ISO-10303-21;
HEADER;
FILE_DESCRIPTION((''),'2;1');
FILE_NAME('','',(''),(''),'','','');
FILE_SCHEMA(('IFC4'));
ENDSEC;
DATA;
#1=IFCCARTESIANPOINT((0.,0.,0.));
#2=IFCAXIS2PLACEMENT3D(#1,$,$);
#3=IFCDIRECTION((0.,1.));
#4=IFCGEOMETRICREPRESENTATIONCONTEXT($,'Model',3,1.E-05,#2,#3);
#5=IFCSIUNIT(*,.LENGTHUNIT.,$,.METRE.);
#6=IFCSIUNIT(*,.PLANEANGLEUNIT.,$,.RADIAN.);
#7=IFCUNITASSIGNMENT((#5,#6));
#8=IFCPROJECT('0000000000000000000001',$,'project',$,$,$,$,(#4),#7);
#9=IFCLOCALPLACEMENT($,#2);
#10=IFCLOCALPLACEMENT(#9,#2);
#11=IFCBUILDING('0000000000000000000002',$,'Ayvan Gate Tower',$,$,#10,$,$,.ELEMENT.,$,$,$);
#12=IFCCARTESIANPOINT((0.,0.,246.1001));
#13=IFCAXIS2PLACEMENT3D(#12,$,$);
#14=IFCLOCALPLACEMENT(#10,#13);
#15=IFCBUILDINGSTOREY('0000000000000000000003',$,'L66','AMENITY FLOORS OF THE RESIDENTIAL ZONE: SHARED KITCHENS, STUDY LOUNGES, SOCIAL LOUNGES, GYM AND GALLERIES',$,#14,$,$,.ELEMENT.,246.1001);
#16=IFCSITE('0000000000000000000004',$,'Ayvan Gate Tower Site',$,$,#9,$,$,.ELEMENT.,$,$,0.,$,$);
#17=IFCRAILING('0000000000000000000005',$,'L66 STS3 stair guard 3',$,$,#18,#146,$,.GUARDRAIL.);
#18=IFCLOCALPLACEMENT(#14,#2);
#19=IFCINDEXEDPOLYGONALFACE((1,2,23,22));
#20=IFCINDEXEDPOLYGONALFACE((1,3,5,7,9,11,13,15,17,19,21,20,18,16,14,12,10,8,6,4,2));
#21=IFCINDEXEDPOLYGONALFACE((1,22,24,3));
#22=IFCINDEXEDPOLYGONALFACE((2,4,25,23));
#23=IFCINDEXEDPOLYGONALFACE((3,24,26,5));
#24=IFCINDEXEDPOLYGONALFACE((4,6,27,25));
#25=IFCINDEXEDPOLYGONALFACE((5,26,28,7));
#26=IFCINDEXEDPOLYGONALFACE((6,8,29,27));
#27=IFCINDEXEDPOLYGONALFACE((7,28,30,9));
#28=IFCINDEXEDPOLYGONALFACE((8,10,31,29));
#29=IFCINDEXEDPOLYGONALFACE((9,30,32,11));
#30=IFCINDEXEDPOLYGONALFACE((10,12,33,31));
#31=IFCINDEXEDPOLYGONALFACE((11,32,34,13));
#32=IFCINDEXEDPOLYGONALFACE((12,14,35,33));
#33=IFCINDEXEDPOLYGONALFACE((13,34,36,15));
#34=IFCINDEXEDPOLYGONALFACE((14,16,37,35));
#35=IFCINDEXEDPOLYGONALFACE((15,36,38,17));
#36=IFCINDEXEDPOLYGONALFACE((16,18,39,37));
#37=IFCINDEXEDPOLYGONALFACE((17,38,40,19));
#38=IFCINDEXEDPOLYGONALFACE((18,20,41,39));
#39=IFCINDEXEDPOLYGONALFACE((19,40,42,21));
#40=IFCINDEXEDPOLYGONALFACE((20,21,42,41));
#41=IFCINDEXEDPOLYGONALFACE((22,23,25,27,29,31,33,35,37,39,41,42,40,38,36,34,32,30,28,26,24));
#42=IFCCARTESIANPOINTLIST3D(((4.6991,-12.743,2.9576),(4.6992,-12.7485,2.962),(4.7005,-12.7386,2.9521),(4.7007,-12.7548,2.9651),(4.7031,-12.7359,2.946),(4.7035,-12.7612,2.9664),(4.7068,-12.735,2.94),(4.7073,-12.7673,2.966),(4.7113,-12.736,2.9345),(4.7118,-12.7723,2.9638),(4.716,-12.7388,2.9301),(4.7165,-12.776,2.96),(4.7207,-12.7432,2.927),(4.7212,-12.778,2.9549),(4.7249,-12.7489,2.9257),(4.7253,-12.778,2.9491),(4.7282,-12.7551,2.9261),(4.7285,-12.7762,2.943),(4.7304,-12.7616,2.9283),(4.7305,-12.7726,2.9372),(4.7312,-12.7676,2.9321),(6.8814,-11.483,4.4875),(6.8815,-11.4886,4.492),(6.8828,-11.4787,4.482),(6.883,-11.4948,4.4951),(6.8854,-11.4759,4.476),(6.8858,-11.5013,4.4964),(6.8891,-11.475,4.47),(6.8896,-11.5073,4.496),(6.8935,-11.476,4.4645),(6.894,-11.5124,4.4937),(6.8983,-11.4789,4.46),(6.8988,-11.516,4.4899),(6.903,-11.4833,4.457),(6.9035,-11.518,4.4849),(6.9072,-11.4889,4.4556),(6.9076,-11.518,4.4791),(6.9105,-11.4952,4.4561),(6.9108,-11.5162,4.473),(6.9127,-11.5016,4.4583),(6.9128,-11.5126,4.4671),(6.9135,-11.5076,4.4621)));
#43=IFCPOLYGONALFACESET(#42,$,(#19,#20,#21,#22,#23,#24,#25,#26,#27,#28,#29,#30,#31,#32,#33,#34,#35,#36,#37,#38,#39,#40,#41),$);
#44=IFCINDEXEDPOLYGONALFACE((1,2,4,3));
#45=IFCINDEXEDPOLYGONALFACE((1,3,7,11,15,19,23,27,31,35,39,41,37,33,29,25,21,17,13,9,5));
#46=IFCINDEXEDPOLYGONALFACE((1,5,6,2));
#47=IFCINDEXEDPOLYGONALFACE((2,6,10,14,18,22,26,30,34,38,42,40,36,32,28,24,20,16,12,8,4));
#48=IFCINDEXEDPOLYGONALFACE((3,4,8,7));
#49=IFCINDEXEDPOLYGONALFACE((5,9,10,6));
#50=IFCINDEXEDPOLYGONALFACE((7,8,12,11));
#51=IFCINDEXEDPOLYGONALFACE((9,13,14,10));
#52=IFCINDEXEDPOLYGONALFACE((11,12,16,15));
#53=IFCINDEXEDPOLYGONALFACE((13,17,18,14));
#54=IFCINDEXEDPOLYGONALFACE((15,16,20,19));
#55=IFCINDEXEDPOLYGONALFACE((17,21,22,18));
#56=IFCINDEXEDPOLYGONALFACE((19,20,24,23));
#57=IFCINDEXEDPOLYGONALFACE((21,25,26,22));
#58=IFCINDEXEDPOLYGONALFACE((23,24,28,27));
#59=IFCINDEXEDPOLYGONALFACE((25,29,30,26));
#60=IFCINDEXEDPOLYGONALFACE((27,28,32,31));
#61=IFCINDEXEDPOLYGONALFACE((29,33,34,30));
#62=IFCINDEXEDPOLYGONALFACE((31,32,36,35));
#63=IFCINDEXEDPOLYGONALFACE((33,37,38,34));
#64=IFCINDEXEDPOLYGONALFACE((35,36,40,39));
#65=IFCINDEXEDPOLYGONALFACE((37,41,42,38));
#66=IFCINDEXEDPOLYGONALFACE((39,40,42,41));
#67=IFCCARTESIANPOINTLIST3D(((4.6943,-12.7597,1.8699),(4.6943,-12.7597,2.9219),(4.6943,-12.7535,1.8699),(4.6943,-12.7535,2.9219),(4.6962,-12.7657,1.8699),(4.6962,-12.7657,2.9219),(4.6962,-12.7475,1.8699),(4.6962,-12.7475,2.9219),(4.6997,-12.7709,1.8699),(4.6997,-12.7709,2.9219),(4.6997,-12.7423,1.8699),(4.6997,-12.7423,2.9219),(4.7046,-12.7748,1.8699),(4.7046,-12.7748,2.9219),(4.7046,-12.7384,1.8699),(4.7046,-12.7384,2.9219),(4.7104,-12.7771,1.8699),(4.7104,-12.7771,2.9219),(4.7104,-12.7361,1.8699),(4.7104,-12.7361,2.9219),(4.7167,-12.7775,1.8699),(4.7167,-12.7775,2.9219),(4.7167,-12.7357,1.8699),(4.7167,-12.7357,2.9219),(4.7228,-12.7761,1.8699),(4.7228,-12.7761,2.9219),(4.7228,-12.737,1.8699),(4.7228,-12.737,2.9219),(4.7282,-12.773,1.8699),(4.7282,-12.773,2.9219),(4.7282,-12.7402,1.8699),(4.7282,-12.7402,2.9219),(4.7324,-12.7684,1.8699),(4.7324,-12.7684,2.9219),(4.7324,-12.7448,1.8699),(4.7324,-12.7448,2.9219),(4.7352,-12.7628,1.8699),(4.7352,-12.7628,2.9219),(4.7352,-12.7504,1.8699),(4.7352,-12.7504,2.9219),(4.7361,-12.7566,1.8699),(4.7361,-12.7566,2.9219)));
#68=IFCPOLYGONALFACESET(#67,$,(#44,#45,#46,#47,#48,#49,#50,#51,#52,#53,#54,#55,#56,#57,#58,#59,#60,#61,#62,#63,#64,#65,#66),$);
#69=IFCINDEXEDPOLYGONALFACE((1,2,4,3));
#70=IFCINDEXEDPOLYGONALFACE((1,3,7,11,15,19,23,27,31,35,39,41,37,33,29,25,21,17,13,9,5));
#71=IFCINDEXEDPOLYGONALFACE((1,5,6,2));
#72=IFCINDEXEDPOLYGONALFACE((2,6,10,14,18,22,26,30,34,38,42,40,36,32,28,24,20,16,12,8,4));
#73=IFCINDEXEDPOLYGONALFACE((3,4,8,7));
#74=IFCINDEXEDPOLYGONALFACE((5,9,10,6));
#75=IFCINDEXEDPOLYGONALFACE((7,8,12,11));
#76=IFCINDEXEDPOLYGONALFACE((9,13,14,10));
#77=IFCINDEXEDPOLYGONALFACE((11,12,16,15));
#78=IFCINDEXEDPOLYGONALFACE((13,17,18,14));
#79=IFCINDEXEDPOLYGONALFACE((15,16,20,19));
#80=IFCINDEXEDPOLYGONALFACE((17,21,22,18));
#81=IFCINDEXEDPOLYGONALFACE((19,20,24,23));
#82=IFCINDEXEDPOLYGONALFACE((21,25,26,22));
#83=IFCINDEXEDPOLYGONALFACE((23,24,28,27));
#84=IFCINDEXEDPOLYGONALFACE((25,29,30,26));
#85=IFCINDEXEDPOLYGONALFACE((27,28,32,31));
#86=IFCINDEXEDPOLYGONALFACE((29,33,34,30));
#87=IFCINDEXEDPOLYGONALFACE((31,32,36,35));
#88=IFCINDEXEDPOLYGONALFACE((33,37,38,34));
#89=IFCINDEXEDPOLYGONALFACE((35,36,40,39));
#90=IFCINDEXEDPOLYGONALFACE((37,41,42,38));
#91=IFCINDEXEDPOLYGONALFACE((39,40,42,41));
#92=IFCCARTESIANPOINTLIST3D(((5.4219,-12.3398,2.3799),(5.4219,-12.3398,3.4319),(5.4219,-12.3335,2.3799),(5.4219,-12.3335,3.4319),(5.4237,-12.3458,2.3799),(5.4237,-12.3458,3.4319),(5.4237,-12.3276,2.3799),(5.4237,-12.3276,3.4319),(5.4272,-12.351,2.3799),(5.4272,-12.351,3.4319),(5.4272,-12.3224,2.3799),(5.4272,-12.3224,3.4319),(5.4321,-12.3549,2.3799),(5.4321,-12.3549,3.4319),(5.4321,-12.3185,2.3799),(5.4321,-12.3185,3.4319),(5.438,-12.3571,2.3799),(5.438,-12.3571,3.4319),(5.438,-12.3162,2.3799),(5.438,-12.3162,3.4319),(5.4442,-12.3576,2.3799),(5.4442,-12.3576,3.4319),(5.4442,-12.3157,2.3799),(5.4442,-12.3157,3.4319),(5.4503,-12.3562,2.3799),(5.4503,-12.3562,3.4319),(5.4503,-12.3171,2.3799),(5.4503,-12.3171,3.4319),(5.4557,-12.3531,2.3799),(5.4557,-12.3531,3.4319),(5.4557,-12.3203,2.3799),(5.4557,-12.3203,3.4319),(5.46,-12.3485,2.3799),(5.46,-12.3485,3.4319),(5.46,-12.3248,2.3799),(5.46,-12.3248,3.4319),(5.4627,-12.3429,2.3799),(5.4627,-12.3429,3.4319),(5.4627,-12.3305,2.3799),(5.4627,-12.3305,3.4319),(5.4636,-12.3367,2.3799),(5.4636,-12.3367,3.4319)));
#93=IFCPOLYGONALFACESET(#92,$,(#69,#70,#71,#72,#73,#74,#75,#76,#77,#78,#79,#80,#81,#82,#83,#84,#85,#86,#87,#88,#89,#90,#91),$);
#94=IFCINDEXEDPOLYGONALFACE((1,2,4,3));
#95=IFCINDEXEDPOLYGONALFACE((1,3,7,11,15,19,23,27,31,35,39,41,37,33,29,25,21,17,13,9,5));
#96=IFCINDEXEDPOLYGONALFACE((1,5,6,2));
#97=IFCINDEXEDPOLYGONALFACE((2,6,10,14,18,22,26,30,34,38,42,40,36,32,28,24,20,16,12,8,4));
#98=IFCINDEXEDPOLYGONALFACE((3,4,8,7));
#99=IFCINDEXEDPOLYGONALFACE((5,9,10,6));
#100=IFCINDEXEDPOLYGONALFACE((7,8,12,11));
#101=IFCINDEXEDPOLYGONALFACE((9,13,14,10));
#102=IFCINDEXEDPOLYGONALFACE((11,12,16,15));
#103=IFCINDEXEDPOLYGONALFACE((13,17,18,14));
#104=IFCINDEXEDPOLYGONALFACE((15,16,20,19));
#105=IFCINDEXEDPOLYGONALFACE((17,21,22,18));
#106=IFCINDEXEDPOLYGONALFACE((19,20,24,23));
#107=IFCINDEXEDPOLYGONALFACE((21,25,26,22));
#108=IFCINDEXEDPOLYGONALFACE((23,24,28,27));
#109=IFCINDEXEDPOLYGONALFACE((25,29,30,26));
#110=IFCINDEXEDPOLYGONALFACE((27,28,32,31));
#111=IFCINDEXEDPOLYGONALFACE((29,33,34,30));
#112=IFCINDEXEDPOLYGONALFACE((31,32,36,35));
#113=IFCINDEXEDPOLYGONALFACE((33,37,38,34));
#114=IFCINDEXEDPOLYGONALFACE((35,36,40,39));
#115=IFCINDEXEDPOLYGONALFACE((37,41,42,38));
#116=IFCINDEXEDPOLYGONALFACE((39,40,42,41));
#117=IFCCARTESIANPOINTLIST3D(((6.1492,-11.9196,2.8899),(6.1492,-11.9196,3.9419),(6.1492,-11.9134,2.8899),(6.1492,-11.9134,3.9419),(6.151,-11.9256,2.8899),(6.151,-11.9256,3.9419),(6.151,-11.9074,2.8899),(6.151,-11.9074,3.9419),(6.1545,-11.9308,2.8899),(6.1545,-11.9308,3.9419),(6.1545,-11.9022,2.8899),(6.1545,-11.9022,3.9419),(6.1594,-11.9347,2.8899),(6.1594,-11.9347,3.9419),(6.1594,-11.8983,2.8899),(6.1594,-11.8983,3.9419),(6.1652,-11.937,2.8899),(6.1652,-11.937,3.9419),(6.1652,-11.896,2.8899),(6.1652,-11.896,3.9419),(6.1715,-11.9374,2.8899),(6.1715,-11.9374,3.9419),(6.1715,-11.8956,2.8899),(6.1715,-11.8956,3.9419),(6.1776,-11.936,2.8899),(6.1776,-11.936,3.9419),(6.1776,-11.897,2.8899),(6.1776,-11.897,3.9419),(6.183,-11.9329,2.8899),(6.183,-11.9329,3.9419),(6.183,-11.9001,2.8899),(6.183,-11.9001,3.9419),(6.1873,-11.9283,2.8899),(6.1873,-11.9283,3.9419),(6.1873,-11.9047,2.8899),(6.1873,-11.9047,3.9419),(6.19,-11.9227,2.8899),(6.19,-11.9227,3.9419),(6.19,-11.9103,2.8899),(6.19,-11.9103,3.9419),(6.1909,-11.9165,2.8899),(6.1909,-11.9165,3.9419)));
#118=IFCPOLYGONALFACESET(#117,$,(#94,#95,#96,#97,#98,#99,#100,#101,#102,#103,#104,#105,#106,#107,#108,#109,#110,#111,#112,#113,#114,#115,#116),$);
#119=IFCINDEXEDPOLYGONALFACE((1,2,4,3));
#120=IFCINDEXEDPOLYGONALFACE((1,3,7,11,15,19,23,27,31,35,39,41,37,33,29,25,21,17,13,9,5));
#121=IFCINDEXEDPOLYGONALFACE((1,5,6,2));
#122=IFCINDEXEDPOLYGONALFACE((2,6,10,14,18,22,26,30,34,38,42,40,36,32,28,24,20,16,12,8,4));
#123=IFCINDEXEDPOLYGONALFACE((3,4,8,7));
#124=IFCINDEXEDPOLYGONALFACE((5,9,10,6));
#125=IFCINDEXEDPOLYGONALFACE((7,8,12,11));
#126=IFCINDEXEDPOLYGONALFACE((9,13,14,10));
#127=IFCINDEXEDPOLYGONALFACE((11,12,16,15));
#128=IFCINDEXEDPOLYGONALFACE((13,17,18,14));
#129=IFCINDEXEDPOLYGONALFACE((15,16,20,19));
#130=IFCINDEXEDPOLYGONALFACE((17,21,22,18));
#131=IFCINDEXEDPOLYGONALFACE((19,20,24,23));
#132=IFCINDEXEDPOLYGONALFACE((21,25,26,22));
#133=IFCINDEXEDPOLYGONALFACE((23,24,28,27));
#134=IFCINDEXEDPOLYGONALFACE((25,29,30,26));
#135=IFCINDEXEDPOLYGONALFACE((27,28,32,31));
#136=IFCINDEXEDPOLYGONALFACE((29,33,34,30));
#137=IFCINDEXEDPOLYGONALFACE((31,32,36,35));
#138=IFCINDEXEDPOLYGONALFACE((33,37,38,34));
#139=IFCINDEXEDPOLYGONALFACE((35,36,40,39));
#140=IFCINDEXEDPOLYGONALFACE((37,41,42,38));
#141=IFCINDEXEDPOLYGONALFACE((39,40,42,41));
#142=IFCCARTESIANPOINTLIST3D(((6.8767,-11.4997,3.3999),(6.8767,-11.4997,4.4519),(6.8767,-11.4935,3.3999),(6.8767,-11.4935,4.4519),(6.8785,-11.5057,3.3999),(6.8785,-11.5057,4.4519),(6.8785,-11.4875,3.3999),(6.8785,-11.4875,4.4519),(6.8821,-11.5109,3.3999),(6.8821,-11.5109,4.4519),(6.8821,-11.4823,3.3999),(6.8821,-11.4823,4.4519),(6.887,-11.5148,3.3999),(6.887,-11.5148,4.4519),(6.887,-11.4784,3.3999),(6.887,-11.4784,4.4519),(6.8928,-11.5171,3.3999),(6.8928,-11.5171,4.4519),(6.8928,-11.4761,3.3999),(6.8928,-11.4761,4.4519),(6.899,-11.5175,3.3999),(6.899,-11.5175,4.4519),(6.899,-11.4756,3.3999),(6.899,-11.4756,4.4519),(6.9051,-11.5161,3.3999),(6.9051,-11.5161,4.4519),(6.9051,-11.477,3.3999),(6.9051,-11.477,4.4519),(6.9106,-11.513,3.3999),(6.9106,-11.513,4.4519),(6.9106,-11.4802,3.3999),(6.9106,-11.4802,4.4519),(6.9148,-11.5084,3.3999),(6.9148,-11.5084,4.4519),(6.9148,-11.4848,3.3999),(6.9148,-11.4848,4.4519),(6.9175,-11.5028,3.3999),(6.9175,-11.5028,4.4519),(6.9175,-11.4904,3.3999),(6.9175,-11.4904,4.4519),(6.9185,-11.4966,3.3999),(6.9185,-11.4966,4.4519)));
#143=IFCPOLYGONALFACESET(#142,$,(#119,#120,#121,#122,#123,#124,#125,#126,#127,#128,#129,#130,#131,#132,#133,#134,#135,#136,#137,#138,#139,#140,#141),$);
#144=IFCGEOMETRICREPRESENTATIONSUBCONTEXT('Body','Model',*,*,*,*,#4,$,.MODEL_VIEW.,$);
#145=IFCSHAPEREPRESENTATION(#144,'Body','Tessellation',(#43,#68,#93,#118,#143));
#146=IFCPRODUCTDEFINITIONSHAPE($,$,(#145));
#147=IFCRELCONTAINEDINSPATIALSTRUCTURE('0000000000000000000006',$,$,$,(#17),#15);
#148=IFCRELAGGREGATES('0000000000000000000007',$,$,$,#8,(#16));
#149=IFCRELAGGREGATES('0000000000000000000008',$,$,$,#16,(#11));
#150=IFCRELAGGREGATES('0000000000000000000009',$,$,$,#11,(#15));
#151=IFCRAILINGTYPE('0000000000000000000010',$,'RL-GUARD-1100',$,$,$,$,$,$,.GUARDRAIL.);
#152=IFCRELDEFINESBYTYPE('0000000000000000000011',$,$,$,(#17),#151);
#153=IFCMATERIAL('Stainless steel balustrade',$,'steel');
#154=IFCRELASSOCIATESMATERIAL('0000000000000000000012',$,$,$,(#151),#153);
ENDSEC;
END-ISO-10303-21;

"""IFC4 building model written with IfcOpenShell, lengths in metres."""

from ifc_helpers import new_model, si_unit, direction, frame, origin, origin_2d, place, context, subcontext, project, spatial, circle, extrude, material, type_object, element, save


model = new_model("IFC4")

# Units and contexts
model_context = context("Model", 3, precision=1e-05, world=origin(), true_north=direction((0.0, 1.0)))
body_context = subcontext(model_context, "Body", "Model", "MODEL_VIEW")
ifc_project = project(units=[si_unit("LENGTHUNIT", "METRE"), si_unit("PLANEANGLEUNIT", "RADIAN")], contexts=[model_context])

# Site, building, storey
site_placement = place(None, origin())
site = spatial("IfcSite", under=ifc_project, at=site_placement, Name="Ayvan Gate Tower Site", CompositionType="ELEMENT", RefElevation=0.0)
building_placement = place(site_placement, origin())
building = spatial("IfcBuilding", under=site, at=building_placement, Name="Ayvan Gate Tower", CompositionType="ELEMENT")
storey_placement = place(building_placement, frame((0.0, 0.0, 246.1001)))
storey = spatial("IfcBuildingStorey", under=building, at=storey_placement, Name="L66", Description="AMENITY FLOORS OF THE RESIDENTIAL ZONE: SHARED KITCHENS, STUDY LOUNGES, SOCIAL LOUNGES, GYM AND GALLERIES", CompositionType="ELEMENT", Elevation=246.1001)

# Railing
ifc_material_1 = material(Name="Stainless steel balustrade", Category="steel")
railing_type_1 = type_object("IfcRailingType", Name="RL-GUARD-1100", PredefinedType="GUARDRAIL", material=ifc_material_1)
railing_1_placement = place(storey_placement, frame((4.7151, -12.7566, 1.8699)))
element("IfcRailing", 1, at=railing_1_placement, inside=storey, type_object=railing_type_1, Name="L66 STS3 stair guard 3", PredefinedType="GUARDRAIL", context=body_context, shape_type="SweptSolid", body=[
    extrude(circle(Radius=0.0239, at=origin_2d()), frame((0.0, 0.0, 1.0762), z_axis=(0.740261, 0.427395, 0.518986), x_axis=(-0.500005, 0.866023, 0.0)), (0.0, 0.0, 1.0), 2.948),
    extrude(circle(Radius=0.021, at=origin_2d()), origin(), (0.0, 0.0, 1.0), 1.052),
    extrude(circle(Radius=0.021, at=origin_2d()), frame((0.7275, 0.4199, 0.51)), (0.0, 0.0, 1.0), 1.052),
    extrude(circle(Radius=0.021, at=origin_2d()), frame((1.4548, 0.8401, 1.02)), (0.0, 0.0, 1.0), 1.052),
    extrude(circle(Radius=0.021, at=origin_2d()), frame((2.1824, 1.26, 1.53)), (0.0, 0.0, 1.0), 1.052),
])

save(model, "model.ifc")
